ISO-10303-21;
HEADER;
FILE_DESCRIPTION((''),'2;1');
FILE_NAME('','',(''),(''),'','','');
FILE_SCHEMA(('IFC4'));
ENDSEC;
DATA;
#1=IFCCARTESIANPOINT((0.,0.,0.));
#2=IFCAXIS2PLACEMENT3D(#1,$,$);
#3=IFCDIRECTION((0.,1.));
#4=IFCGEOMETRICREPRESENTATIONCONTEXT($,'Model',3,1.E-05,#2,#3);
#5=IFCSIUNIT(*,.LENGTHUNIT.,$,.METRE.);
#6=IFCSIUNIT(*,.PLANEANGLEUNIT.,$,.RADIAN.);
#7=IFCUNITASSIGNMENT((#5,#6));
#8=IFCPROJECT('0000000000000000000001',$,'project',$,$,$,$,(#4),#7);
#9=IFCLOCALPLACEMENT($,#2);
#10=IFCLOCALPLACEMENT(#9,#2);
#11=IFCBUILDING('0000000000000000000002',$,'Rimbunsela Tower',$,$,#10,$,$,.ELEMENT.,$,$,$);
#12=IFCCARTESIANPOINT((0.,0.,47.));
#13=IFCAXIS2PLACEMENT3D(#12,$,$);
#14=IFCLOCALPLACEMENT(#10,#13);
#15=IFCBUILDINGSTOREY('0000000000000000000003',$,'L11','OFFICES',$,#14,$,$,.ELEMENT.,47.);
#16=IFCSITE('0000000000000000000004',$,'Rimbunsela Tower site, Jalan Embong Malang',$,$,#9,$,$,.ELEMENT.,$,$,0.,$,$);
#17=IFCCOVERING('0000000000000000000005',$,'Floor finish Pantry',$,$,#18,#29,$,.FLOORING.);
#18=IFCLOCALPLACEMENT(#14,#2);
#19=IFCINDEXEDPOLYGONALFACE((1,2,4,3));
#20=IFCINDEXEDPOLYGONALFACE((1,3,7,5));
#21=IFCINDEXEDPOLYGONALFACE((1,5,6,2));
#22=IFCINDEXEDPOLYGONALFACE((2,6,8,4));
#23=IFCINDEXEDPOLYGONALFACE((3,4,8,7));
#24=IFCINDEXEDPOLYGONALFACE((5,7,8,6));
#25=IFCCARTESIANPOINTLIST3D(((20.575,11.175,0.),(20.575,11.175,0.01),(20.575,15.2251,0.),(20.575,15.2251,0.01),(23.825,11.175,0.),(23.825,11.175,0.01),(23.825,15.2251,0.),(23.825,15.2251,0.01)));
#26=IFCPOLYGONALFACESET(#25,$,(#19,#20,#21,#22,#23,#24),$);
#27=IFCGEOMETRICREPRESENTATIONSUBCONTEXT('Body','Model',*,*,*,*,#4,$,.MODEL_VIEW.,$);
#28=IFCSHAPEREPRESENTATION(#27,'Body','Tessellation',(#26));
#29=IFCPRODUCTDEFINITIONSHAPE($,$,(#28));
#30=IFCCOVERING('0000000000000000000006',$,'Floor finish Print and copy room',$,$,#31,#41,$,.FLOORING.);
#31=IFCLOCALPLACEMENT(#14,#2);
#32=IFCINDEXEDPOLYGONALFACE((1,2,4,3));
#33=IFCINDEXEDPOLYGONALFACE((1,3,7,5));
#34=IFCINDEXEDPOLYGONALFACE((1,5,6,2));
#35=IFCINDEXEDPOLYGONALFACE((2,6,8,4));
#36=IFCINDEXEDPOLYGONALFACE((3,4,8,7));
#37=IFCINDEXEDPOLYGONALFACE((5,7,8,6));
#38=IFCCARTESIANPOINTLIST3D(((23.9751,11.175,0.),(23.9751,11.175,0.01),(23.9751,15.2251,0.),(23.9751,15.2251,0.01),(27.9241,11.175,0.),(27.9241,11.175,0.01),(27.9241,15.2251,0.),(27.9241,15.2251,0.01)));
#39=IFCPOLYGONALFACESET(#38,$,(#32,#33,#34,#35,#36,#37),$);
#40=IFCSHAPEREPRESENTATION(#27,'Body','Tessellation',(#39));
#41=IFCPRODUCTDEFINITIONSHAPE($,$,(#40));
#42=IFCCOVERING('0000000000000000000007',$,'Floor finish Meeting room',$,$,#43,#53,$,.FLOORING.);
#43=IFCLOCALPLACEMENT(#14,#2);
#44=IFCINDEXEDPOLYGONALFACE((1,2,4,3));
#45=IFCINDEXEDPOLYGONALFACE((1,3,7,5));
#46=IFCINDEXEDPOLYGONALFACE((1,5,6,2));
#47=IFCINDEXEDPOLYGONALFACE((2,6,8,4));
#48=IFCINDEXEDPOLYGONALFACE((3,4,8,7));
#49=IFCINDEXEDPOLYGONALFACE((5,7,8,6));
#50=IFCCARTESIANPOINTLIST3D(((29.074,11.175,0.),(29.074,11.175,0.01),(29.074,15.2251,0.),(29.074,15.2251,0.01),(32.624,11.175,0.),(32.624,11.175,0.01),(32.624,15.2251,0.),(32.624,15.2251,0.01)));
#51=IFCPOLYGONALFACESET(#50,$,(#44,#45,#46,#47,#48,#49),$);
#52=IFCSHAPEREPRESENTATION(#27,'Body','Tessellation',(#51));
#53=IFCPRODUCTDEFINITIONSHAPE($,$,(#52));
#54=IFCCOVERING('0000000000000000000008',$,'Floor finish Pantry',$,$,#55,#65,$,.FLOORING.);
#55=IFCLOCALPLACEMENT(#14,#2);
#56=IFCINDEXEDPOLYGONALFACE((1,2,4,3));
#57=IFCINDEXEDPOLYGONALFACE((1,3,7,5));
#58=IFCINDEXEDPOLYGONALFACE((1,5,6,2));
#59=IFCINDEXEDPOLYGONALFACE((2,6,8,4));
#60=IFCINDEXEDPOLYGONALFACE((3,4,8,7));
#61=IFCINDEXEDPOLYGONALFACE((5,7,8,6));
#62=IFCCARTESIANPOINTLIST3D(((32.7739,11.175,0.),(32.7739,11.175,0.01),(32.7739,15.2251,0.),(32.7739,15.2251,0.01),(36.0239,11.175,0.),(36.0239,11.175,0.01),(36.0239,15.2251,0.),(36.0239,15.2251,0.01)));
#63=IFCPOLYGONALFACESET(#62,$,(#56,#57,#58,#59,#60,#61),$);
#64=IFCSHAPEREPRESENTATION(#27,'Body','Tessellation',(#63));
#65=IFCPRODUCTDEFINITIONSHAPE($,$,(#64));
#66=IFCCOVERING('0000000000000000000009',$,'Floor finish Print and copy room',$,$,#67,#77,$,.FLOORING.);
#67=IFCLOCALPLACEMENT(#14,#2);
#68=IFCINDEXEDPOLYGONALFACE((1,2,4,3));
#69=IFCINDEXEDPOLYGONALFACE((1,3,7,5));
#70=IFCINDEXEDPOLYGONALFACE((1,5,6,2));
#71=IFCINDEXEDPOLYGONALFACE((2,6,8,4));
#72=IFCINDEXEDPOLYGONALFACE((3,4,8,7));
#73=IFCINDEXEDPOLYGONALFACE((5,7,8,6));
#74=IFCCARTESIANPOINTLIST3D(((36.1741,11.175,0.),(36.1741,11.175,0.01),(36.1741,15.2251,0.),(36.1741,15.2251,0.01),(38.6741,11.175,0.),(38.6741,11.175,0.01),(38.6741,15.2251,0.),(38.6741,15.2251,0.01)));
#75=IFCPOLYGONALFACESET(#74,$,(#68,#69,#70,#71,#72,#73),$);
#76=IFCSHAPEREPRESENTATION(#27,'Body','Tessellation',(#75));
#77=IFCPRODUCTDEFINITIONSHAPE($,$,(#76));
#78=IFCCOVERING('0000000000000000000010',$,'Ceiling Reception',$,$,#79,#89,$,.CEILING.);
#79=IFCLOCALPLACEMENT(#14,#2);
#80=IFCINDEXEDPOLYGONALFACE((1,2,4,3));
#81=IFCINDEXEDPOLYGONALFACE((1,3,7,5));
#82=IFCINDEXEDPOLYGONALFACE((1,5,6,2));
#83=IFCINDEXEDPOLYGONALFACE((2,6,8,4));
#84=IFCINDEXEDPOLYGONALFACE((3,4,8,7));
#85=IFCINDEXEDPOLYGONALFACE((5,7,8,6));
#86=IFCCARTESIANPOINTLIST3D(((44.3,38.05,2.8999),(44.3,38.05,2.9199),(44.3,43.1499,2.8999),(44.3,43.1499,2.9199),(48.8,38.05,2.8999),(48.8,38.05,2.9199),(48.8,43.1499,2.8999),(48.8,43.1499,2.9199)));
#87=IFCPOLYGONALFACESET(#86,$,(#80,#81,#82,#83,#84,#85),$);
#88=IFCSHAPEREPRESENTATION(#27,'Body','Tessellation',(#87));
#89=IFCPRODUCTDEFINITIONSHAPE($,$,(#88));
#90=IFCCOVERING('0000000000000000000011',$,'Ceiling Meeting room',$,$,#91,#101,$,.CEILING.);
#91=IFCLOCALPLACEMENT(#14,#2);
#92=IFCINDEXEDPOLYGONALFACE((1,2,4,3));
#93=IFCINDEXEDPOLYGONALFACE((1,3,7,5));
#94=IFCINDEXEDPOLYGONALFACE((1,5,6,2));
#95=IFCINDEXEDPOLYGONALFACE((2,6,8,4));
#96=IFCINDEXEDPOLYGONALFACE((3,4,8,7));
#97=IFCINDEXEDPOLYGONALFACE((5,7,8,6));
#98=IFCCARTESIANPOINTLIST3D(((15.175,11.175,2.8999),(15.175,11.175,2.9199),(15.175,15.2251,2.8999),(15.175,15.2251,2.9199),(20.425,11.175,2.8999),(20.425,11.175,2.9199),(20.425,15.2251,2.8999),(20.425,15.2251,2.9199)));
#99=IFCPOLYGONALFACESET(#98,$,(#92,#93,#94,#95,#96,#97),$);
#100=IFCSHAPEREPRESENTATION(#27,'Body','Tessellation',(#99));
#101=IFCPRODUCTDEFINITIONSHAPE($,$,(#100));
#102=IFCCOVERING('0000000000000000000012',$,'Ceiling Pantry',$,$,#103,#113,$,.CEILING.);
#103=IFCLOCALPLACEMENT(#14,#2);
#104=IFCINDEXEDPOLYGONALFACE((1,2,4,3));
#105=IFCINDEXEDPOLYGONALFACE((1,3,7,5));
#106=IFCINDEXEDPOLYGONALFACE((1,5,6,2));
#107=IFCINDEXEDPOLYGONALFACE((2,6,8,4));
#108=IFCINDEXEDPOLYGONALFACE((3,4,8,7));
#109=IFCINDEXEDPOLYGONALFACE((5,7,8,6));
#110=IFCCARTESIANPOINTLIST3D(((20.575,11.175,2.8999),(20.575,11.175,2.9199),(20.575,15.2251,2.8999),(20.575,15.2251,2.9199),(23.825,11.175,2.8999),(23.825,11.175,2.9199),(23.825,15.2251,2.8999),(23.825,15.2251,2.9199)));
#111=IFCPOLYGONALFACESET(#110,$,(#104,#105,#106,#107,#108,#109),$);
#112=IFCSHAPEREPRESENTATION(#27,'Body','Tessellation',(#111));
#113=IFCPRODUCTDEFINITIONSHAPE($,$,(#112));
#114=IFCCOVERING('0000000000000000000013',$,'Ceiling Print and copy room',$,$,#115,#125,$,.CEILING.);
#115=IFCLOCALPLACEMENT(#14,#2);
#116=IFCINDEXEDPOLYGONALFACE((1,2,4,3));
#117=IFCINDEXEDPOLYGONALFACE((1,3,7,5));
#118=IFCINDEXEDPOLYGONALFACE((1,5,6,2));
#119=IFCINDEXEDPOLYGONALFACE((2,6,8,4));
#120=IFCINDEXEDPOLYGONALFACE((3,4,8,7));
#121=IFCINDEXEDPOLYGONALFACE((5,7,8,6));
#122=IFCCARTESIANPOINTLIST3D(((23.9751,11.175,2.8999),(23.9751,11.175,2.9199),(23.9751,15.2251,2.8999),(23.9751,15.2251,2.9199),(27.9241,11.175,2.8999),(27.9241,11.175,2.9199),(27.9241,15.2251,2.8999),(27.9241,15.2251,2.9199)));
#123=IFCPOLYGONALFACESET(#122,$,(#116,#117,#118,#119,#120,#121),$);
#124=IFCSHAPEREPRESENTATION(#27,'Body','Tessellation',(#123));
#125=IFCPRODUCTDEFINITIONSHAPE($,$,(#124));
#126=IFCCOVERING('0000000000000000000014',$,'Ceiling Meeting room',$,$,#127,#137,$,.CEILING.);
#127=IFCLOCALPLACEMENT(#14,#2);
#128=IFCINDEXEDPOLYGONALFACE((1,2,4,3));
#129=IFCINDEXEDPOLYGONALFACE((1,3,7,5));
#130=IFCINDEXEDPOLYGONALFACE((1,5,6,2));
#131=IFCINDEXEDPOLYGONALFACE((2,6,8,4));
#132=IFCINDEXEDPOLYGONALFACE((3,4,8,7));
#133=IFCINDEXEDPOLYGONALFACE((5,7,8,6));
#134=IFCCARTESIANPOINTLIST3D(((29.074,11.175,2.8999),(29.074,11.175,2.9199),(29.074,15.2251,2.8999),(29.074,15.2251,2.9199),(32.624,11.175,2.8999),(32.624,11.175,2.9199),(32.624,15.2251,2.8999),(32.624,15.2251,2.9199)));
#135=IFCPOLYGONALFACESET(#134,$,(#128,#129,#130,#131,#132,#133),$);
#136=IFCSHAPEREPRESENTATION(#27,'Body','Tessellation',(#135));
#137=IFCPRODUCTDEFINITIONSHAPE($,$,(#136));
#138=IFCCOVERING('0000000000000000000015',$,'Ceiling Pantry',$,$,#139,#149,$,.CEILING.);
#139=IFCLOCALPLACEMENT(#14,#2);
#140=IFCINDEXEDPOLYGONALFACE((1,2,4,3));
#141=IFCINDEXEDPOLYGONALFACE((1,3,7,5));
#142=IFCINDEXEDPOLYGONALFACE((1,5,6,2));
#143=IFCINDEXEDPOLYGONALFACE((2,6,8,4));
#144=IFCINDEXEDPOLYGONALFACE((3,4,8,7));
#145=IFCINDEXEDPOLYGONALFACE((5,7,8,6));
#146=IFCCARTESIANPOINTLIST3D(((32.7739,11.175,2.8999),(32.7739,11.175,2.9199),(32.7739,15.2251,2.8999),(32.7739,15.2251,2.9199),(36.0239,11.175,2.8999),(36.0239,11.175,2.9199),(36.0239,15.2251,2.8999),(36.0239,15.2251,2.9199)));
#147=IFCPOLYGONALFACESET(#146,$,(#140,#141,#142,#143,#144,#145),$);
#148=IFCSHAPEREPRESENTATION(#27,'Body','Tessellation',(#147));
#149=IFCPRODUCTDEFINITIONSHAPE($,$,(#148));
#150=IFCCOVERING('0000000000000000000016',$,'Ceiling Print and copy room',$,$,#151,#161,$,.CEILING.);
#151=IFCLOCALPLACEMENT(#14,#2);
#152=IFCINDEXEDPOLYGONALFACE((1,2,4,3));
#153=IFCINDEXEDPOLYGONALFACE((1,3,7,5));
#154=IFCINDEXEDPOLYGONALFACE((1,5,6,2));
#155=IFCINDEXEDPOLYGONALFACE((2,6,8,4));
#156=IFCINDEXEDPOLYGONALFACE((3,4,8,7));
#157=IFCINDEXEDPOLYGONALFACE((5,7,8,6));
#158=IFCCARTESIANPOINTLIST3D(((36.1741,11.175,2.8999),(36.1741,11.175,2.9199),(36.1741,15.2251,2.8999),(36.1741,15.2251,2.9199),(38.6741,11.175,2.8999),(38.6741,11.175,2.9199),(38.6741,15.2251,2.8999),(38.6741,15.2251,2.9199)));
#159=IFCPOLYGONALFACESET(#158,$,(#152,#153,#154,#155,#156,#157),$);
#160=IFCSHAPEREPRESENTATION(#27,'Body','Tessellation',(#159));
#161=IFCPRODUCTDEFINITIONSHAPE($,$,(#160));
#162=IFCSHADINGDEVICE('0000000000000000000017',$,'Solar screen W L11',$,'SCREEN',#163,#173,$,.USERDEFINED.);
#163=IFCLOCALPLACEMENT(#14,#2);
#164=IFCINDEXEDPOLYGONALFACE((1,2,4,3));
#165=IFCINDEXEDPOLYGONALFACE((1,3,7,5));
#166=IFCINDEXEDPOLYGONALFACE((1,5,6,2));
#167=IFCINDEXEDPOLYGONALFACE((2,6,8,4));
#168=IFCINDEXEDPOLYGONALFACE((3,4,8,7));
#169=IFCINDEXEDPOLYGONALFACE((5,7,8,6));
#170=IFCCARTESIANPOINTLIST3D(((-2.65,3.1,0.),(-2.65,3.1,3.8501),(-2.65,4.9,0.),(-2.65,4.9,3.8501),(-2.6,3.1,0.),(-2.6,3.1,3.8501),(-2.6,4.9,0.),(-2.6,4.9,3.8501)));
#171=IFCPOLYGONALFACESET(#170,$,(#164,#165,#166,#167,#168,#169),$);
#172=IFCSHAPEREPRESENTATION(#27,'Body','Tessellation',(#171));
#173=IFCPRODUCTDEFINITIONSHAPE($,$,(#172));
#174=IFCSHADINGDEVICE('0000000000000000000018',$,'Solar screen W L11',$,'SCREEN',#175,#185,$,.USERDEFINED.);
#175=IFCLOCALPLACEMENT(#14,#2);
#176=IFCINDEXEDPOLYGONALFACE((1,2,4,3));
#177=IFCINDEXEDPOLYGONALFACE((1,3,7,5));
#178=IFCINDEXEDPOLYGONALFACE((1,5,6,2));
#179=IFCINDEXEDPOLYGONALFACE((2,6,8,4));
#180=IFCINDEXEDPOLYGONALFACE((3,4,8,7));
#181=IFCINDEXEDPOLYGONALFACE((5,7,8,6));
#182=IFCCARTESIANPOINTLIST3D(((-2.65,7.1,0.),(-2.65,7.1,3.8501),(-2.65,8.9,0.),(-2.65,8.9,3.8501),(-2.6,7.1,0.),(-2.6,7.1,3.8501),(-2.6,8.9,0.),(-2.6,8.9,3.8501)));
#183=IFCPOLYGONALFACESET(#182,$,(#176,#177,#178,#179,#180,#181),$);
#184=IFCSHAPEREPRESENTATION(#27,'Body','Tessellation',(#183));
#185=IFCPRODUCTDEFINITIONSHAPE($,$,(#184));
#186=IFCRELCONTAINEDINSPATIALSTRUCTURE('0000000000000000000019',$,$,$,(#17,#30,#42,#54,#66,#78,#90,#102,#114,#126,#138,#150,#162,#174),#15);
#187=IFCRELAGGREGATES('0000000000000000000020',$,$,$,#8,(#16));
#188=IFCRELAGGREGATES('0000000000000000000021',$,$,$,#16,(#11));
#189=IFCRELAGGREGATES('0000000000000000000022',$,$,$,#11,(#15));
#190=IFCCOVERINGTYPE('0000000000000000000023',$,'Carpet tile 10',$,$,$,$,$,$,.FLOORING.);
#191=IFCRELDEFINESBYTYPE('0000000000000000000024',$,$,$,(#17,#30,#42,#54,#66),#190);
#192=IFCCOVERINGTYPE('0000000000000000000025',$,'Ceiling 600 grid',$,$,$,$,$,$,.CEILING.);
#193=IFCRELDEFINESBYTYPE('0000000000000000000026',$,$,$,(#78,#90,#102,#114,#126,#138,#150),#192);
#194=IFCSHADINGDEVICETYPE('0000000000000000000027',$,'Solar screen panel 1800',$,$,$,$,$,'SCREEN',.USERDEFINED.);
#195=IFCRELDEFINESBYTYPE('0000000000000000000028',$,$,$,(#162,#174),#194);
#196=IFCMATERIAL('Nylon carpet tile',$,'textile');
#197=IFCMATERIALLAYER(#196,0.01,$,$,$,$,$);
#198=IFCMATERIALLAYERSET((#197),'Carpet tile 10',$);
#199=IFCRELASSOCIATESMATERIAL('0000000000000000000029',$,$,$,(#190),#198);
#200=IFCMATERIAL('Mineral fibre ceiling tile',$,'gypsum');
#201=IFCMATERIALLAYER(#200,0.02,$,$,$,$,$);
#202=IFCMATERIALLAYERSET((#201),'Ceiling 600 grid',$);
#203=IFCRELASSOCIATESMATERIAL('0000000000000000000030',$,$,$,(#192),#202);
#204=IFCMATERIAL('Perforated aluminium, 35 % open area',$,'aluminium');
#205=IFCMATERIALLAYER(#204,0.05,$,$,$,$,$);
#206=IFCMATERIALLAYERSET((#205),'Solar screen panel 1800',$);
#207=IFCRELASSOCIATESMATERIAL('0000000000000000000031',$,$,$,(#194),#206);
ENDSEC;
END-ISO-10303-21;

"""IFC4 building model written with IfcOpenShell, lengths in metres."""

from ifc_helpers import new_model, si_unit, direction, frame, origin, origin_2d, place, context, subcontext, project, spatial, polyline, rectangle, outline, extrude, material, layer, layer_set, type_object, element, save


model = new_model("IFC4")

# Units and contexts
model_context = context("Model", 3, precision=1e-05, world=origin(), true_north=direction((0.0, 1.0)))
body_context = subcontext(model_context, "Body", "Model", "MODEL_VIEW")
ifc_project = project(units=[si_unit("LENGTHUNIT", "METRE"), si_unit("PLANEANGLEUNIT", "RADIAN")], contexts=[model_context])

# Site, building, storey
site_placement = place(None, origin())
site = spatial("IfcSite", under=ifc_project, at=site_placement, Name="Rimbunsela Tower site, Jalan Embong Malang", CompositionType="ELEMENT", RefElevation=0.0)
building_placement = place(site_placement, origin())
building = spatial("IfcBuilding", under=site, at=building_placement, Name="Rimbunsela Tower", CompositionType="ELEMENT")
storey_placement = place(building_placement, frame((0.0, 0.0, 47.0)))
storey = spatial("IfcBuildingStorey", under=building, at=storey_placement, Name="L11", Description="OFFICES", CompositionType="ELEMENT", Elevation=47.0)

# Coverings
ifc_material_1 = material(Name="Nylon carpet tile", Category="textile")
ifc_layer_1 = layer(ifc_material_1, 0.01)
ifc_layer_set_1 = layer_set([ifc_layer_1], Name="Carpet tile 10")
covering_type_1 = type_object("IfcCoveringType", Name="Carpet tile 10", PredefinedType="FLOORING", material=ifc_layer_set_1)
covering_1_placement = place(storey_placement, origin())
element("IfcCovering", 1, at=covering_1_placement, inside=storey, type_object=covering_type_1, Name="Floor finish Pantry", PredefinedType="FLOORING", context=body_context, shape_type="SweptSolid", body=[
    extrude(outline(polyline([(23.825, 11.175), (23.825, 15.2251), (20.575, 15.2251), (20.575, 11.175), (23.825, 11.175)])), origin(), (0.0, 0.0, 1.0), 0.01),
])
covering_2_placement = place(storey_placement, origin())
element("IfcCovering", 2, at=covering_2_placement, inside=storey, type_object=covering_type_1, Name="Floor finish Print and copy room", PredefinedType="FLOORING", context=body_context, shape_type="SweptSolid", body=[
    extrude(outline(polyline([(27.9241, 11.175), (27.9241, 15.2251), (23.9751, 15.2251), (23.9751, 11.175), (27.9241, 11.175)])), origin(), (0.0, 0.0, 1.0), 0.01),
])
covering_3_placement = place(storey_placement, origin())
element("IfcCovering", 3, at=covering_3_placement, inside=storey, type_object=covering_type_1, Name="Floor finish Meeting room", PredefinedType="FLOORING", context=body_context, shape_type="SweptSolid", body=[
    extrude(outline(polyline([(32.624, 11.175), (32.624, 15.2251), (29.074, 15.2251), (29.074, 11.175), (32.624, 11.175)])), origin(), (0.0, 0.0, 1.0), 0.01),
])
covering_4_placement = place(storey_placement, origin())
element("IfcCovering", 4, at=covering_4_placement, inside=storey, type_object=covering_type_1, Name="Floor finish Pantry", PredefinedType="FLOORING", context=body_context, shape_type="SweptSolid", body=[
    extrude(outline(polyline([(36.0239, 11.175), (36.0239, 15.2251), (32.7739, 15.2251), (32.7739, 11.175), (36.0239, 11.175)])), origin(), (0.0, 0.0, 1.0), 0.01),
])
covering_5_placement = place(storey_placement, origin())
element("IfcCovering", 5, at=covering_5_placement, inside=storey, type_object=covering_type_1, Name="Floor finish Print and copy room", PredefinedType="FLOORING", context=body_context, shape_type="SweptSolid", body=[
    extrude(outline(polyline([(38.6741, 11.175), (38.6741, 15.2251), (36.1741, 15.2251), (36.1741, 11.175), (38.6741, 11.175)])), origin(), (0.0, 0.0, 1.0), 0.01),
])
ifc_material_2 = material(Name="Mineral fibre ceiling tile", Category="gypsum")
ifc_layer_2 = layer(ifc_material_2, 0.02)
ifc_layer_set_2 = layer_set([ifc_layer_2], Name="Ceiling 600 grid")
covering_type_2 = type_object("IfcCoveringType", Name="Ceiling 600 grid", PredefinedType="CEILING", material=ifc_layer_set_2)
covering_6_placement = place(storey_placement, frame((0.0, 0.0, 2.8999)))
element("IfcCovering", 6, at=covering_6_placement, inside=storey, type_object=covering_type_2, Name="Ceiling Reception", PredefinedType="CEILING", context=body_context, shape_type="SweptSolid", body=[
    extrude(outline(polyline([(48.8, 38.05), (48.8, 43.1499), (44.3, 43.1499), (44.3, 38.05), (48.8, 38.05)])), origin(), (0.0, 0.0, 1.0), 0.02),
])
covering_7_placement = place(storey_placement, frame((0.0, 0.0, 2.8999)))
element("IfcCovering", 7, at=covering_7_placement, inside=storey, type_object=covering_type_2, Name="Ceiling Meeting room", PredefinedType="CEILING", context=body_context, shape_type="SweptSolid", body=[
    extrude(outline(polyline([(20.425, 11.175), (20.425, 15.2251), (15.175, 15.2251), (15.175, 11.175), (20.425, 11.175)])), origin(), (0.0, 0.0, 1.0), 0.02),
])
covering_8_placement = place(storey_placement, frame((0.0, 0.0, 2.8999)))
element("IfcCovering", 8, at=covering_8_placement, inside=storey, type_object=covering_type_2, Name="Ceiling Pantry", PredefinedType="CEILING", context=body_context, shape_type="SweptSolid", body=[
    extrude(outline(polyline([(23.825, 11.175), (23.825, 15.2251), (20.575, 15.2251), (20.575, 11.175), (23.825, 11.175)])), origin(), (0.0, 0.0, 1.0), 0.02),
])
covering_9_placement = place(storey_placement, frame((0.0, 0.0, 2.8999)))
element("IfcCovering", 9, at=covering_9_placement, inside=storey, type_object=covering_type_2, Name="Ceiling Print and copy room", PredefinedType="CEILING", context=body_context, shape_type="SweptSolid", body=[
    extrude(outline(polyline([(27.9241, 11.175), (27.9241, 15.2251), (23.9751, 15.2251), (23.9751, 11.175), (27.9241, 11.175)])), origin(), (0.0, 0.0, 1.0), 0.02),
])
covering_10_placement = place(storey_placement, frame((0.0, 0.0, 2.8999)))
element("IfcCovering", 10, at=covering_10_placement, inside=storey, type_object=covering_type_2, Name="Ceiling Meeting room", PredefinedType="CEILING", context=body_context, shape_type="SweptSolid", body=[
    extrude(outline(polyline([(32.624, 11.175), (32.624, 15.2251), (29.074, 15.2251), (29.074, 11.175), (32.624, 11.175)])), origin(), (0.0, 0.0, 1.0), 0.02),
])
covering_11_placement = place(storey_placement, frame((0.0, 0.0, 2.8999)))
element("IfcCovering", 11, at=covering_11_placement, inside=storey, type_object=covering_type_2, Name="Ceiling Pantry", PredefinedType="CEILING", context=body_context, shape_type="SweptSolid", body=[
    extrude(outline(polyline([(36.0239, 11.175), (36.0239, 15.2251), (32.7739, 15.2251), (32.7739, 11.175), (36.0239, 11.175)])), origin(), (0.0, 0.0, 1.0), 0.02),
])
covering_12_placement = place(storey_placement, frame((0.0, 0.0, 2.8999)))
element("IfcCovering", 12, at=covering_12_placement, inside=storey, type_object=covering_type_2, Name="Ceiling Print and copy room", PredefinedType="CEILING", context=body_context, shape_type="SweptSolid", body=[
    extrude(outline(polyline([(38.6741, 11.175), (38.6741, 15.2251), (36.1741, 15.2251), (36.1741, 11.175), (38.6741, 11.175)])), origin(), (0.0, 0.0, 1.0), 0.02),
])

# Shading devices
ifc_material_3 = material(Name="Perforated aluminium, 35 % open area", Category="aluminium")
ifc_layer_3 = layer(ifc_material_3, 0.05)
ifc_layer_set_3 = layer_set([ifc_layer_3], Name="Solar screen panel 1800")
shading_device_type = type_object("IfcShadingDeviceType", Name="Solar screen panel 1800", ElementType="SCREEN", PredefinedType="USERDEFINED", material=ifc_layer_set_3)
for number, where, z_axis, x_axis, name in (
    (13, (-2.625, 4.0, 0.0), (0.0, 0.0, 1.0), (0.0, 1.0, 0.0), "Solar screen W L11"),
    (14, (-2.625, 8.0, 0.0), (0.0, 0.0, 1.0), (0.0, 1.0, 0.0), "Solar screen W L11"),
):
    element("IfcShadingDevice", number, at=place(storey_placement, frame(where, z_axis=z_axis, x_axis=x_axis)), inside=storey, type_object=shading_device_type, Name=name, ObjectType="SCREEN", PredefinedType="USERDEFINED", context=body_context, shape_type="SweptSolid", body=[
        extrude(rectangle(XDim=1.8, YDim=0.05, at=origin_2d()), origin(), (0.0, 0.0, 1.0), 3.8501),
    ])

save(model, "model.ifc")
